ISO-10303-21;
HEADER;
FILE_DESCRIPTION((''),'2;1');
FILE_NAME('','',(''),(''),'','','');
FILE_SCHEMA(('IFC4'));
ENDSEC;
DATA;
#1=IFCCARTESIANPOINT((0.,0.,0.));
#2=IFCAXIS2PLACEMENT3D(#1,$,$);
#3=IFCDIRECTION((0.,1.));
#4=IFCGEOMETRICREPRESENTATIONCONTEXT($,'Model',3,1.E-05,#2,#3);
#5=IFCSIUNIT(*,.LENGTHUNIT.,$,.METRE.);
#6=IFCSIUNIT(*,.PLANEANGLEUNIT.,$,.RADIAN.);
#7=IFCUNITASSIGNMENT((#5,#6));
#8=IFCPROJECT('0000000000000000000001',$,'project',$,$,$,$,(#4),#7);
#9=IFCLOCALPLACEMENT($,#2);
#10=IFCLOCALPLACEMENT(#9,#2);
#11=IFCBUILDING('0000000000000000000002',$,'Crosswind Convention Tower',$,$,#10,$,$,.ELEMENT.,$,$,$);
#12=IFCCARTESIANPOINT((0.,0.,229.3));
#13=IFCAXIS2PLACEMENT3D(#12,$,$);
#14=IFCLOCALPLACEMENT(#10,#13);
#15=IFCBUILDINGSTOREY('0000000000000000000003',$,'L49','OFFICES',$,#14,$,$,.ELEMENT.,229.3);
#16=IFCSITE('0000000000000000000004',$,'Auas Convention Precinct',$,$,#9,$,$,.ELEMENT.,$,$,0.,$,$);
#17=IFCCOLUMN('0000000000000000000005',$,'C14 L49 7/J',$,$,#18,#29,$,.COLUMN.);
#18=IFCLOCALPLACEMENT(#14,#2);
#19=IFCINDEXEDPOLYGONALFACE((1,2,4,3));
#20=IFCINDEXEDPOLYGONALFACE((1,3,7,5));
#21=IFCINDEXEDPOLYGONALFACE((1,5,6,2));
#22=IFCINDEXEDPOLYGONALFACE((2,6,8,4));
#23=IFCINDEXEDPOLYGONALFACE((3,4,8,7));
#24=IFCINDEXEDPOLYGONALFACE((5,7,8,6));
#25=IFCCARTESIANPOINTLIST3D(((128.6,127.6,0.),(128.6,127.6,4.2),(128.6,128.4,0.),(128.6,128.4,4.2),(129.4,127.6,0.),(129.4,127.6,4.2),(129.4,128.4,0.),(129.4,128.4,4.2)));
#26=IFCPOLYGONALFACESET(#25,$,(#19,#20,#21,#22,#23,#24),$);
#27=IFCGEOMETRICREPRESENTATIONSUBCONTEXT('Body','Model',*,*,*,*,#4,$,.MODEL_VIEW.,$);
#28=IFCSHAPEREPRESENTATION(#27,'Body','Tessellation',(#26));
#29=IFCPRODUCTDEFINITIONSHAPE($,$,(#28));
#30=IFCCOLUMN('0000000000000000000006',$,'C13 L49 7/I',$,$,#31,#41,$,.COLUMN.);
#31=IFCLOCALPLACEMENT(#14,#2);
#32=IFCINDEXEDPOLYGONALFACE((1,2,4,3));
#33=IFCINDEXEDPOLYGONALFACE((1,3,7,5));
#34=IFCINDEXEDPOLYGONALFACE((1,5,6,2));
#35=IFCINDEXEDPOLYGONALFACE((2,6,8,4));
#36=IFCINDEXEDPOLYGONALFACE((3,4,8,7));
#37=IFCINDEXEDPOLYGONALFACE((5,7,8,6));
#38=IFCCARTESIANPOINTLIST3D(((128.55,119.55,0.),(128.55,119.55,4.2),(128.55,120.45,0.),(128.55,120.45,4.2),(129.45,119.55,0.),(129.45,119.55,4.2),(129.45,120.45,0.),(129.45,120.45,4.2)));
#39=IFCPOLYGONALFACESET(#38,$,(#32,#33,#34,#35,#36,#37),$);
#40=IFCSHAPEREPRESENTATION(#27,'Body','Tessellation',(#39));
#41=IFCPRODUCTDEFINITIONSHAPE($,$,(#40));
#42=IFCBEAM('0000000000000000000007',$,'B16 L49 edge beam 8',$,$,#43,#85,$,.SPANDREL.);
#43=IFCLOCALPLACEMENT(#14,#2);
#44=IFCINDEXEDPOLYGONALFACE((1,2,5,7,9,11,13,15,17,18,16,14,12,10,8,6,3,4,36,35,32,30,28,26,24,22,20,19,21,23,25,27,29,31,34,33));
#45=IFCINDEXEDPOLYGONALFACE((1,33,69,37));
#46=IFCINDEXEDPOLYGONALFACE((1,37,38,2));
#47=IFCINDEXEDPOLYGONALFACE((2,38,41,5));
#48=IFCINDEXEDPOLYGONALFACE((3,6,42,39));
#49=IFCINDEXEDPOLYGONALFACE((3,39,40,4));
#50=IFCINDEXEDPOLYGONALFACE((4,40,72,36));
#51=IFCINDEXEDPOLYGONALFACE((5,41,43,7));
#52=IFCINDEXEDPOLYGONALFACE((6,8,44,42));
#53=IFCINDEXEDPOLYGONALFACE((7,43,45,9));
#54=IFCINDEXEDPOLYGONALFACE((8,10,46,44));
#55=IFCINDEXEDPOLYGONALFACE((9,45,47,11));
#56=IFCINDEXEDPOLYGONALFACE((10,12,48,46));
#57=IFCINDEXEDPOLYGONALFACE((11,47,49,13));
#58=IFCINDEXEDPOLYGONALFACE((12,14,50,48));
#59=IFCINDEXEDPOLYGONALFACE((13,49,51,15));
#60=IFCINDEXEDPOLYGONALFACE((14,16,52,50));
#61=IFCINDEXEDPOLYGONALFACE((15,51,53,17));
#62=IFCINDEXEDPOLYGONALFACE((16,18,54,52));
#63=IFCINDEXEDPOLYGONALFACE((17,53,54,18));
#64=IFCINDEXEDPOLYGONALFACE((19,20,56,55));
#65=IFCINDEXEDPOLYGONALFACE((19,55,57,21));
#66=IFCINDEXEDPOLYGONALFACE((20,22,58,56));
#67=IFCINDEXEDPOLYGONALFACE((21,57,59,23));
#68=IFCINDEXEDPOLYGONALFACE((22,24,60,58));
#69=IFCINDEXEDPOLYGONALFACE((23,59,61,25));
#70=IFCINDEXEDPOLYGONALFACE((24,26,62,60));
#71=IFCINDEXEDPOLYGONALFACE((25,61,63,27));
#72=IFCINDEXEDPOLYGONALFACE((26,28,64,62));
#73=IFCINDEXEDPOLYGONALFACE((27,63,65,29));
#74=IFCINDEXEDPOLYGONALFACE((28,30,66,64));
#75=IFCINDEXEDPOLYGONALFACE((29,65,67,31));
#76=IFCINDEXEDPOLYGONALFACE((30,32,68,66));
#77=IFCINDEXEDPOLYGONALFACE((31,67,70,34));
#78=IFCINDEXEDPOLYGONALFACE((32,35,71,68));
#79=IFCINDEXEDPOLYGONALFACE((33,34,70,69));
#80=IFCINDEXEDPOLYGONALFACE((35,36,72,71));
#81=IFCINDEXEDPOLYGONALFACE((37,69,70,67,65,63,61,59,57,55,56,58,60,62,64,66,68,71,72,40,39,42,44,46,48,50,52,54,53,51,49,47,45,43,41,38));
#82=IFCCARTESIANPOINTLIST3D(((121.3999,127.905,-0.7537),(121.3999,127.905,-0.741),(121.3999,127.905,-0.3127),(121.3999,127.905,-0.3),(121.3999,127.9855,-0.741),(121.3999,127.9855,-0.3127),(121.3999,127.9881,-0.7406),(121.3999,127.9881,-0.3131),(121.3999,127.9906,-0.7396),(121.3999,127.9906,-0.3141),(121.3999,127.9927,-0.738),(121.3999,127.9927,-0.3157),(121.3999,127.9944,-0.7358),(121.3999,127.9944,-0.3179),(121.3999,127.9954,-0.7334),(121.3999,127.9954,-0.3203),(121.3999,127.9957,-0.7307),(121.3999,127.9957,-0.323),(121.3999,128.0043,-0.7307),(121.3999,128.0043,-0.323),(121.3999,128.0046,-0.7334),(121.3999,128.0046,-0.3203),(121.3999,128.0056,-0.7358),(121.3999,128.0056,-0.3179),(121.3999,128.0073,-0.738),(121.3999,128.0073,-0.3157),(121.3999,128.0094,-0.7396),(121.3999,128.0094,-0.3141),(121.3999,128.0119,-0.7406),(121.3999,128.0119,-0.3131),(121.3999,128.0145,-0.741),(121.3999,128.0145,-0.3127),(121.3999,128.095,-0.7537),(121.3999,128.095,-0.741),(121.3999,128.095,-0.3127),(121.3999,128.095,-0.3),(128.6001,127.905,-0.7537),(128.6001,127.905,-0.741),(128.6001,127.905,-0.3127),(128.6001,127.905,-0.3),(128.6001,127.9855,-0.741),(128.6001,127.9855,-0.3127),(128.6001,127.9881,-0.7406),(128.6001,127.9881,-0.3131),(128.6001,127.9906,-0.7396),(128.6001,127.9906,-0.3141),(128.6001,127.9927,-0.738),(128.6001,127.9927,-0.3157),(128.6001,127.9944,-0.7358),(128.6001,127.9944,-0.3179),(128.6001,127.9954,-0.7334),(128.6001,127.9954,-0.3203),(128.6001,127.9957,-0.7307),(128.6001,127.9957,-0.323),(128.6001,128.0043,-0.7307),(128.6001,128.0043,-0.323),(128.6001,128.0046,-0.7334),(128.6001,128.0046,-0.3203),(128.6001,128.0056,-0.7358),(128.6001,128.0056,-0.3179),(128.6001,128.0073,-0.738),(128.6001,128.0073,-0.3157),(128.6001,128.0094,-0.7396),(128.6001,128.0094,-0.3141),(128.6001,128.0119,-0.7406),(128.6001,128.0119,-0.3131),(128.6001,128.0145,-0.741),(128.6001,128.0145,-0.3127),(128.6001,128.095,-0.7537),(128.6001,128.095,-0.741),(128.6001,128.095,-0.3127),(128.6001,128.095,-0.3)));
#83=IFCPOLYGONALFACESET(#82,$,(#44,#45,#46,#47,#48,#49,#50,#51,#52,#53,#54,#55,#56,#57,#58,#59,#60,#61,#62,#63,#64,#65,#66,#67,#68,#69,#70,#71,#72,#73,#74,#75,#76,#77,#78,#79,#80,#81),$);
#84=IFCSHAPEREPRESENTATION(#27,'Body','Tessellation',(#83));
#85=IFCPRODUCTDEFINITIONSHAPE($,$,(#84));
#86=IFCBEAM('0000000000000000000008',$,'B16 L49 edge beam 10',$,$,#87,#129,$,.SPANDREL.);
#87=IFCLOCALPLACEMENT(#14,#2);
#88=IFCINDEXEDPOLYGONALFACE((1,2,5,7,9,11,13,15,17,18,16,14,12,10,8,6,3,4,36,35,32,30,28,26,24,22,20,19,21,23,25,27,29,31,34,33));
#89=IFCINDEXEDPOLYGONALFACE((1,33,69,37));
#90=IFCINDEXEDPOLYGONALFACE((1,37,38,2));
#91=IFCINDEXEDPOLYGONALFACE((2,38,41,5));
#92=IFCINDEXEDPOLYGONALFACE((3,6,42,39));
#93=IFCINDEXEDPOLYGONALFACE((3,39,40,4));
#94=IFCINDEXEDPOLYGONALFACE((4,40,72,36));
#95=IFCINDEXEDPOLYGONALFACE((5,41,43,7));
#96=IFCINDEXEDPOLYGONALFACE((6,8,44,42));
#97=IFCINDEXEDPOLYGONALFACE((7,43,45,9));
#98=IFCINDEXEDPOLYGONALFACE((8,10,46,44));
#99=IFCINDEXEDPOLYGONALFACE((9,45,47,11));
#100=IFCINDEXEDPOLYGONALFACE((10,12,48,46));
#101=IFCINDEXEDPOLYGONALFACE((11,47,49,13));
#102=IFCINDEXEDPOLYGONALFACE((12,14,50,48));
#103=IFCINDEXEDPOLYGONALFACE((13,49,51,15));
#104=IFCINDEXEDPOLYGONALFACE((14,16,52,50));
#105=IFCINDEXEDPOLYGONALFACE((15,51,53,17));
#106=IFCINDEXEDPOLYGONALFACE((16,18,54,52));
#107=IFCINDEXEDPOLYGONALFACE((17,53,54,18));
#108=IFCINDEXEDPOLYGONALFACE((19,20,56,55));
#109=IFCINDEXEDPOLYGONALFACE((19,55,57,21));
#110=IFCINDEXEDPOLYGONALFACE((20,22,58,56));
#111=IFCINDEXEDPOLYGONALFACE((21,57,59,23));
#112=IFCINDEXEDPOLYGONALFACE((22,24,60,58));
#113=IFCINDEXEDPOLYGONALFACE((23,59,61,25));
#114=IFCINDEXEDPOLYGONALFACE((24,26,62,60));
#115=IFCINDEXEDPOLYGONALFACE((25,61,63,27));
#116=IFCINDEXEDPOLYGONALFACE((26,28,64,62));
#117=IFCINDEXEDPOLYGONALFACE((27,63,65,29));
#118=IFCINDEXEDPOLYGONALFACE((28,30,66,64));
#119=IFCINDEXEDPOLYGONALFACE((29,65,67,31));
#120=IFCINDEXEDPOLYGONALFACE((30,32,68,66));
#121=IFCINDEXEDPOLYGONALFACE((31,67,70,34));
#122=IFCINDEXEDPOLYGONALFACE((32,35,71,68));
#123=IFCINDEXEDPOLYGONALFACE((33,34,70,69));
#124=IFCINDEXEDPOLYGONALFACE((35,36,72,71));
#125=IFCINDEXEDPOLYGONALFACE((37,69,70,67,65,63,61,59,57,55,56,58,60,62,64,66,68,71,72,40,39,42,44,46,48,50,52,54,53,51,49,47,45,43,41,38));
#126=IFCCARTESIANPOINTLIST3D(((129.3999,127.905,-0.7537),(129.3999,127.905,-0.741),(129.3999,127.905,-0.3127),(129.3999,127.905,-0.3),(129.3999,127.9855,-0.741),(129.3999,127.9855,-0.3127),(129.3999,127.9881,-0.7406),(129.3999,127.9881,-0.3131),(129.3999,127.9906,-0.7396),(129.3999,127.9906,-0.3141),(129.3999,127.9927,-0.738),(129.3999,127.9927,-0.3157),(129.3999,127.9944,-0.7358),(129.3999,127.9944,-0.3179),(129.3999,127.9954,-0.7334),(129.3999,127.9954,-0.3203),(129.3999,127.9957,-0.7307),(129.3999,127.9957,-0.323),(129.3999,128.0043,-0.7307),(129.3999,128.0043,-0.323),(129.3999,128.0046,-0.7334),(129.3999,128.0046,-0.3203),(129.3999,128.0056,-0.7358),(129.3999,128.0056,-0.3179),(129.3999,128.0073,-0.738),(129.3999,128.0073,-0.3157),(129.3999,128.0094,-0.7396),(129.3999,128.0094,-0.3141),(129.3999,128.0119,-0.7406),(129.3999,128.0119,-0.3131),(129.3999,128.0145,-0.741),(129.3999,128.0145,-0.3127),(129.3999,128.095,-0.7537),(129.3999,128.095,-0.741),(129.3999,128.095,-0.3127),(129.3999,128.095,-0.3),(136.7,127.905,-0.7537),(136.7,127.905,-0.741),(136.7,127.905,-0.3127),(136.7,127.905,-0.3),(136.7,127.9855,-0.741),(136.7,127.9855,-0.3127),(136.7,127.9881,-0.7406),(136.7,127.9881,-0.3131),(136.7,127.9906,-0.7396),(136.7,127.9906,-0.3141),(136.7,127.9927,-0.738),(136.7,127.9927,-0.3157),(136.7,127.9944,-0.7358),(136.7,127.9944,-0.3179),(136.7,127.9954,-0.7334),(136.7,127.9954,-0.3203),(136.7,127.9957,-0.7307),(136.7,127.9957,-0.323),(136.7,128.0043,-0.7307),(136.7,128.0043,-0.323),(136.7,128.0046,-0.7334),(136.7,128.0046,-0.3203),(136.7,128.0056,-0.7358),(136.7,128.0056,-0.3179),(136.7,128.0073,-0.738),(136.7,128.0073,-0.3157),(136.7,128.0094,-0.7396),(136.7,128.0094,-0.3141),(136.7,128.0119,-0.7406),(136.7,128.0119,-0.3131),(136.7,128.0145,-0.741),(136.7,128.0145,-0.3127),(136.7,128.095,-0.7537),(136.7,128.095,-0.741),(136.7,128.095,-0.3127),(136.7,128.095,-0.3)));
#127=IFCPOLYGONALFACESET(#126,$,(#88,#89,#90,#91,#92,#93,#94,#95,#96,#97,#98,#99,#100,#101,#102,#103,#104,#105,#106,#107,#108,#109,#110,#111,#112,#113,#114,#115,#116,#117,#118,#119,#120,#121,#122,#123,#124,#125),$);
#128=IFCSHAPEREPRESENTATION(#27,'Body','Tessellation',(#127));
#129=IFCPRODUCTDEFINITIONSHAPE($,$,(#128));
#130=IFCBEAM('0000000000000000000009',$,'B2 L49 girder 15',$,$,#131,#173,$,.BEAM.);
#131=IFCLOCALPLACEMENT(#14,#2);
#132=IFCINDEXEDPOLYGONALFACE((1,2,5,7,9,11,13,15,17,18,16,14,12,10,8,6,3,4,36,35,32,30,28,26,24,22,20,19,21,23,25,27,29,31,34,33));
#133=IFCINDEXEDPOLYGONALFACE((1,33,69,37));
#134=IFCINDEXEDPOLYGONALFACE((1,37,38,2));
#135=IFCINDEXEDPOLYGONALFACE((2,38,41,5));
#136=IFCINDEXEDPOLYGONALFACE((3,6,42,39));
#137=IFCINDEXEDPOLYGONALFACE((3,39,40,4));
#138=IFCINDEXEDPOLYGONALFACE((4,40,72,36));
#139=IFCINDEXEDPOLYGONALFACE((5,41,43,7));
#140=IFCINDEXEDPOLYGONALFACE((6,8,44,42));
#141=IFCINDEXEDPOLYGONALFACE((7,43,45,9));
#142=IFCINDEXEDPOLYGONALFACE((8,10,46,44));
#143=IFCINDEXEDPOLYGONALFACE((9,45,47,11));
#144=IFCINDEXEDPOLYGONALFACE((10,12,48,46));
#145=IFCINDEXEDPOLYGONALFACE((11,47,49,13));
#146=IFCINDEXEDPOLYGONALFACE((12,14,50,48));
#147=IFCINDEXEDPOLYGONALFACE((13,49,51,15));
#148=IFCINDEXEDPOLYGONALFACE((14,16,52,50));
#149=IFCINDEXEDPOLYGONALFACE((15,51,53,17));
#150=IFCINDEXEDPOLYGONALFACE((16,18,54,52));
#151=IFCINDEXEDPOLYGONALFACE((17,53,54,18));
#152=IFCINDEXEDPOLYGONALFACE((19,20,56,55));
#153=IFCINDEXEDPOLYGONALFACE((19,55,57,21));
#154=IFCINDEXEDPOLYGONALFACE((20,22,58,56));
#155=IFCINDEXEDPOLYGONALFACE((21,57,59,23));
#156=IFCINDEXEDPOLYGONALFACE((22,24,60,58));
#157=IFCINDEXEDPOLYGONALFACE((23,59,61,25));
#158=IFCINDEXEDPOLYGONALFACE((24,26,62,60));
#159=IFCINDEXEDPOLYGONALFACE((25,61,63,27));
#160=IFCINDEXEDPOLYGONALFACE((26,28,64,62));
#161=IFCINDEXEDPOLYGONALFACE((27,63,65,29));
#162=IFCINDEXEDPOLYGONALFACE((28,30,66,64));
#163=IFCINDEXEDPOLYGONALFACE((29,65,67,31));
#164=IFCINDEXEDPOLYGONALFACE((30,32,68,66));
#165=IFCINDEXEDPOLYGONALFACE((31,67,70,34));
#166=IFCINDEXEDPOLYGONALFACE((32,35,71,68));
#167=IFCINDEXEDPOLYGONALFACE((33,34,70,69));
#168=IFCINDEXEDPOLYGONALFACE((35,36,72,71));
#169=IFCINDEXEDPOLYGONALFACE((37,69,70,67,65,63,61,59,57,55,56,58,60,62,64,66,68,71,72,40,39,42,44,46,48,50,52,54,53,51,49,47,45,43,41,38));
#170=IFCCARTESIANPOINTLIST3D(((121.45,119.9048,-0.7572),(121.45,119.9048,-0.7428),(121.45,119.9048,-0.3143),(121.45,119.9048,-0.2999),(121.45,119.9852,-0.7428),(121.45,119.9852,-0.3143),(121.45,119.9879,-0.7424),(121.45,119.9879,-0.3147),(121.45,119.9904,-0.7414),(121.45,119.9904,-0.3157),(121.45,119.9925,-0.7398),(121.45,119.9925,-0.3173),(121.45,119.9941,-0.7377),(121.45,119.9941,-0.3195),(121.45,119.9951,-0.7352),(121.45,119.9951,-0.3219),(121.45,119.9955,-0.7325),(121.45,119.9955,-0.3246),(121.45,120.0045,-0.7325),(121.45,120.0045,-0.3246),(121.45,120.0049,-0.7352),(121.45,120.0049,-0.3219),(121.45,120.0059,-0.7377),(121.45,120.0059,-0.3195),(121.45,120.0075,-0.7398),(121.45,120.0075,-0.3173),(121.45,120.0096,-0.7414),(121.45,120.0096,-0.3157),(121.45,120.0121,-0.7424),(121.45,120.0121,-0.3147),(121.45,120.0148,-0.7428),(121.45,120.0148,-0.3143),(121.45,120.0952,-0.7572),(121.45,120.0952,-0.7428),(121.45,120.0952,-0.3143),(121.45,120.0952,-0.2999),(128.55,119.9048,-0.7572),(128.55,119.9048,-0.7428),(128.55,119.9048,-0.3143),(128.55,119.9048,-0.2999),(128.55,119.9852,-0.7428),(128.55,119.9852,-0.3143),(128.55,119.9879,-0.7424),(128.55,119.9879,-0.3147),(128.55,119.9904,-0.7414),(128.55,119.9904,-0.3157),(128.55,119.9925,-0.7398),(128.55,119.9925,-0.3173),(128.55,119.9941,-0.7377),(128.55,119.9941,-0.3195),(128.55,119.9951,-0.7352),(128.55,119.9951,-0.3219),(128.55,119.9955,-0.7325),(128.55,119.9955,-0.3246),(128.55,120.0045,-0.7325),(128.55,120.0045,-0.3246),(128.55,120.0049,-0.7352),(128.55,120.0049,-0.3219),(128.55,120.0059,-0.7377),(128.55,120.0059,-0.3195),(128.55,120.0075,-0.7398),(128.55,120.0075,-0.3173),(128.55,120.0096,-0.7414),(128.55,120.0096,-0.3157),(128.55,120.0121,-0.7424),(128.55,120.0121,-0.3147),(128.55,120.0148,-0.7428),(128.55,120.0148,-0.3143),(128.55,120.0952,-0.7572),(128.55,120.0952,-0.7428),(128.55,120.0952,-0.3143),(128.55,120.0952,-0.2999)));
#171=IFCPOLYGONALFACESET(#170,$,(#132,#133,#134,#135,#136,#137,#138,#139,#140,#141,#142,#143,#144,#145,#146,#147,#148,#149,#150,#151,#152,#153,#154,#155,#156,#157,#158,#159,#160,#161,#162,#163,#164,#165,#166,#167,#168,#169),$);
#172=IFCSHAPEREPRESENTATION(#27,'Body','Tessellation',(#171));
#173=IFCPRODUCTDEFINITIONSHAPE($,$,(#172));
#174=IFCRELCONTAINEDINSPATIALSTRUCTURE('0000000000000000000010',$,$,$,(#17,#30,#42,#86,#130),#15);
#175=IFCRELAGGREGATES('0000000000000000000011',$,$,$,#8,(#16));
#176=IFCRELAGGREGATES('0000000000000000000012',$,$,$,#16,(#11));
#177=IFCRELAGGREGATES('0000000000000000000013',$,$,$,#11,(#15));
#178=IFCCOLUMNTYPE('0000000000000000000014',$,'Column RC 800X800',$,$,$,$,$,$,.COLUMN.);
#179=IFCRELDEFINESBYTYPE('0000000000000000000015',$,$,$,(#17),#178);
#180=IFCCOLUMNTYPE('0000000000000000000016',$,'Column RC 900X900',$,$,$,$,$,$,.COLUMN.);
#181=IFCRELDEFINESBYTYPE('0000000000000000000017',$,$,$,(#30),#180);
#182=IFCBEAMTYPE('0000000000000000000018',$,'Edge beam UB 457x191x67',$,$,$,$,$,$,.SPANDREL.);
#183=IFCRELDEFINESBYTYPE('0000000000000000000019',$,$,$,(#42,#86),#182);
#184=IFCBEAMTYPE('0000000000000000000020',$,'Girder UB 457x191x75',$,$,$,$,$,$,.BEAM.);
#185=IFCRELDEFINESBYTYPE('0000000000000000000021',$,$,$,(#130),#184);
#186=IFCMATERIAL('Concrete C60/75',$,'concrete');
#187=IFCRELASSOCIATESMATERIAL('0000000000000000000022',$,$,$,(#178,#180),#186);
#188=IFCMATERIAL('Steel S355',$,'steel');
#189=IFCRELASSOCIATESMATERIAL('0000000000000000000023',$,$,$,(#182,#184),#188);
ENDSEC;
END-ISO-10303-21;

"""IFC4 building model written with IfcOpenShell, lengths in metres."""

from ifc_helpers import new_model, si_unit, direction, frame, origin, origin_2d, place, context, subcontext, project, spatial, rectangle, i_section, extrude, material, material_profile, profile_set, type_object, element, save


model = new_model("IFC4")

# Units and contexts
model_context = context("Model", 3, precision=1e-05, world=origin(), true_north=direction((0.0, 1.0)))
body_context = subcontext(model_context, "Body", "Model", "MODEL_VIEW")
ifc_project = project(units=[si_unit("LENGTHUNIT", "METRE"), si_unit("PLANEANGLEUNIT", "RADIAN")], contexts=[model_context])

# Site, building, storey
site_placement = place(None, origin())
site = spatial("IfcSite", under=ifc_project, at=site_placement, Name="Auas Convention Precinct", CompositionType="ELEMENT", RefElevation=0.0)
building_placement = place(site_placement, origin())
building = spatial("IfcBuilding", under=site, at=building_placement, Name="Crosswind Convention Tower", CompositionType="ELEMENT")
storey_placement = place(building_placement, frame((0.0, 0.0, 229.3)))
storey = spatial("IfcBuildingStorey", under=building, at=storey_placement, Name="L49", Description="OFFICES", CompositionType="ELEMENT", Elevation=229.3)

# Columns
ifc_material_1 = material(Name="Concrete C60/75", Category="concrete")
ifc_material_profile_1 = material_profile(ifc_material_1, rectangle(XDim=0.8, YDim=0.8, at=origin_2d()), Name="RC 800X800")
ifc_profile_set_1 = profile_set([ifc_material_profile_1], Name="Concrete C60/75")
column_type_1 = type_object("IfcColumnType", Name="Column RC 800X800", PredefinedType="COLUMN", material=ifc_profile_set_1)
column_1_placement = place(storey_placement, frame((129.0, 128.0, 0.0), z_axis=(0.0, 0.0, 1.0), x_axis=(1.0, 0.0, 0.0)))
element("IfcColumn", 1, at=column_1_placement, inside=storey, type_object=column_type_1, Name="C14 L49 7/J", PredefinedType="COLUMN", context=body_context, shape_type="SweptSolid", body=[
    extrude(rectangle(XDim=0.8, YDim=0.8, at=origin_2d()), origin(), (0.0, 0.0, 1.0), 4.2),
])
ifc_material_profile_2 = material_profile(ifc_material_1, rectangle(XDim=0.8999, YDim=0.8999, at=origin_2d()), Name="RC 900X900")
ifc_profile_set_2 = profile_set([ifc_material_profile_2], Name="Concrete C60/75")
column_type_2 = type_object("IfcColumnType", Name="Column RC 900X900", PredefinedType="COLUMN", material=ifc_profile_set_2)
column_2_placement = place(storey_placement, frame((129.0, 120.0, 0.0), z_axis=(0.0, 0.0, 1.0), x_axis=(1.0, 0.0, 0.0)))
element("IfcColumn", 2, at=column_2_placement, inside=storey, type_object=column_type_2, Name="C13 L49 7/I", PredefinedType="COLUMN", context=body_context, shape_type="SweptSolid", body=[
    extrude(rectangle(XDim=0.8999, YDim=0.8999, at=origin_2d()), origin(), (0.0, 0.0, 1.0), 4.2),
])

# Beams
ifc_material_2 = material(Name="Steel S355", Category="steel")
ifc_material_profile_3 = material_profile(ifc_material_2, i_section(OverallWidth=0.1899, OverallDepth=0.4536, WebThickness=0.0085, FlangeThickness=0.0127, FilletRadius=0.0103, at=origin_2d()), Name="UB 457x191x67")
ifc_profile_set_3 = profile_set([ifc_material_profile_3], Name="Steel S355")
beam_type_1 = type_object("IfcBeamType", Name="Edge beam UB 457x191x67", PredefinedType="SPANDREL", material=ifc_profile_set_3)
beam_1_placement = place(storey_placement, frame((121.3999, 128.0, -0.5269), z_axis=(1.0, 0.0, 0.0), x_axis=(0.0, 1.0, 0.0)))
element("IfcBeam", 3, at=beam_1_placement, inside=storey, type_object=beam_type_1, Name="B16 L49 edge beam 8", PredefinedType="SPANDREL", context=body_context, shape_type="SweptSolid", body=[
    extrude(i_section(OverallWidth=0.1899, OverallDepth=0.4536, WebThickness=0.0085, FlangeThickness=0.0127, FilletRadius=0.0103, at=origin_2d()), origin(), (0.0, 0.0, 1.0), 7.2002),
])
beam_2_placement = place(storey_placement, frame((129.3999, 128.0, -0.5269), z_axis=(1.0, 0.0, 0.0), x_axis=(0.0, 1.0, 0.0)))
element("IfcBeam", 4, at=beam_2_placement, inside=storey, type_object=beam_type_1, Name="B16 L49 edge beam 10", PredefinedType="SPANDREL", context=body_context, shape_type="SweptSolid", body=[
    extrude(i_section(OverallWidth=0.1899, OverallDepth=0.4536, WebThickness=0.0085, FlangeThickness=0.0127, FilletRadius=0.0103, at=origin_2d()), origin(), (0.0, 0.0, 1.0), 7.3),
])
ifc_material_profile_4 = material_profile(ifc_material_2, i_section(OverallWidth=0.1904, OverallDepth=0.4573, WebThickness=0.009, FlangeThickness=0.0144, FilletRadius=0.0103, at=origin_2d()), Name="UB 457x191x75")
ifc_profile_set_4 = profile_set([ifc_material_profile_4], Name="Steel S355")
beam_type_2 = type_object("IfcBeamType", Name="Girder UB 457x191x75", PredefinedType="BEAM", material=ifc_profile_set_4)
beam_3_placement = place(storey_placement, frame((121.45, 120.0, -0.5286), z_axis=(1.0, 0.0, 0.0), x_axis=(0.0, 1.0, 0.0)))
element("IfcBeam", 5, at=beam_3_placement, inside=storey, type_object=beam_type_2, Name="B2 L49 girder 15", PredefinedType="BEAM", context=body_context, shape_type="SweptSolid", body=[
    extrude(i_section(OverallWidth=0.1904, OverallDepth=0.4573, WebThickness=0.009, FlangeThickness=0.0144, FilletRadius=0.0103, at=origin_2d()), origin(), (0.0, 0.0, 1.0), 7.1001),
])

save(model, "model.ifc")
